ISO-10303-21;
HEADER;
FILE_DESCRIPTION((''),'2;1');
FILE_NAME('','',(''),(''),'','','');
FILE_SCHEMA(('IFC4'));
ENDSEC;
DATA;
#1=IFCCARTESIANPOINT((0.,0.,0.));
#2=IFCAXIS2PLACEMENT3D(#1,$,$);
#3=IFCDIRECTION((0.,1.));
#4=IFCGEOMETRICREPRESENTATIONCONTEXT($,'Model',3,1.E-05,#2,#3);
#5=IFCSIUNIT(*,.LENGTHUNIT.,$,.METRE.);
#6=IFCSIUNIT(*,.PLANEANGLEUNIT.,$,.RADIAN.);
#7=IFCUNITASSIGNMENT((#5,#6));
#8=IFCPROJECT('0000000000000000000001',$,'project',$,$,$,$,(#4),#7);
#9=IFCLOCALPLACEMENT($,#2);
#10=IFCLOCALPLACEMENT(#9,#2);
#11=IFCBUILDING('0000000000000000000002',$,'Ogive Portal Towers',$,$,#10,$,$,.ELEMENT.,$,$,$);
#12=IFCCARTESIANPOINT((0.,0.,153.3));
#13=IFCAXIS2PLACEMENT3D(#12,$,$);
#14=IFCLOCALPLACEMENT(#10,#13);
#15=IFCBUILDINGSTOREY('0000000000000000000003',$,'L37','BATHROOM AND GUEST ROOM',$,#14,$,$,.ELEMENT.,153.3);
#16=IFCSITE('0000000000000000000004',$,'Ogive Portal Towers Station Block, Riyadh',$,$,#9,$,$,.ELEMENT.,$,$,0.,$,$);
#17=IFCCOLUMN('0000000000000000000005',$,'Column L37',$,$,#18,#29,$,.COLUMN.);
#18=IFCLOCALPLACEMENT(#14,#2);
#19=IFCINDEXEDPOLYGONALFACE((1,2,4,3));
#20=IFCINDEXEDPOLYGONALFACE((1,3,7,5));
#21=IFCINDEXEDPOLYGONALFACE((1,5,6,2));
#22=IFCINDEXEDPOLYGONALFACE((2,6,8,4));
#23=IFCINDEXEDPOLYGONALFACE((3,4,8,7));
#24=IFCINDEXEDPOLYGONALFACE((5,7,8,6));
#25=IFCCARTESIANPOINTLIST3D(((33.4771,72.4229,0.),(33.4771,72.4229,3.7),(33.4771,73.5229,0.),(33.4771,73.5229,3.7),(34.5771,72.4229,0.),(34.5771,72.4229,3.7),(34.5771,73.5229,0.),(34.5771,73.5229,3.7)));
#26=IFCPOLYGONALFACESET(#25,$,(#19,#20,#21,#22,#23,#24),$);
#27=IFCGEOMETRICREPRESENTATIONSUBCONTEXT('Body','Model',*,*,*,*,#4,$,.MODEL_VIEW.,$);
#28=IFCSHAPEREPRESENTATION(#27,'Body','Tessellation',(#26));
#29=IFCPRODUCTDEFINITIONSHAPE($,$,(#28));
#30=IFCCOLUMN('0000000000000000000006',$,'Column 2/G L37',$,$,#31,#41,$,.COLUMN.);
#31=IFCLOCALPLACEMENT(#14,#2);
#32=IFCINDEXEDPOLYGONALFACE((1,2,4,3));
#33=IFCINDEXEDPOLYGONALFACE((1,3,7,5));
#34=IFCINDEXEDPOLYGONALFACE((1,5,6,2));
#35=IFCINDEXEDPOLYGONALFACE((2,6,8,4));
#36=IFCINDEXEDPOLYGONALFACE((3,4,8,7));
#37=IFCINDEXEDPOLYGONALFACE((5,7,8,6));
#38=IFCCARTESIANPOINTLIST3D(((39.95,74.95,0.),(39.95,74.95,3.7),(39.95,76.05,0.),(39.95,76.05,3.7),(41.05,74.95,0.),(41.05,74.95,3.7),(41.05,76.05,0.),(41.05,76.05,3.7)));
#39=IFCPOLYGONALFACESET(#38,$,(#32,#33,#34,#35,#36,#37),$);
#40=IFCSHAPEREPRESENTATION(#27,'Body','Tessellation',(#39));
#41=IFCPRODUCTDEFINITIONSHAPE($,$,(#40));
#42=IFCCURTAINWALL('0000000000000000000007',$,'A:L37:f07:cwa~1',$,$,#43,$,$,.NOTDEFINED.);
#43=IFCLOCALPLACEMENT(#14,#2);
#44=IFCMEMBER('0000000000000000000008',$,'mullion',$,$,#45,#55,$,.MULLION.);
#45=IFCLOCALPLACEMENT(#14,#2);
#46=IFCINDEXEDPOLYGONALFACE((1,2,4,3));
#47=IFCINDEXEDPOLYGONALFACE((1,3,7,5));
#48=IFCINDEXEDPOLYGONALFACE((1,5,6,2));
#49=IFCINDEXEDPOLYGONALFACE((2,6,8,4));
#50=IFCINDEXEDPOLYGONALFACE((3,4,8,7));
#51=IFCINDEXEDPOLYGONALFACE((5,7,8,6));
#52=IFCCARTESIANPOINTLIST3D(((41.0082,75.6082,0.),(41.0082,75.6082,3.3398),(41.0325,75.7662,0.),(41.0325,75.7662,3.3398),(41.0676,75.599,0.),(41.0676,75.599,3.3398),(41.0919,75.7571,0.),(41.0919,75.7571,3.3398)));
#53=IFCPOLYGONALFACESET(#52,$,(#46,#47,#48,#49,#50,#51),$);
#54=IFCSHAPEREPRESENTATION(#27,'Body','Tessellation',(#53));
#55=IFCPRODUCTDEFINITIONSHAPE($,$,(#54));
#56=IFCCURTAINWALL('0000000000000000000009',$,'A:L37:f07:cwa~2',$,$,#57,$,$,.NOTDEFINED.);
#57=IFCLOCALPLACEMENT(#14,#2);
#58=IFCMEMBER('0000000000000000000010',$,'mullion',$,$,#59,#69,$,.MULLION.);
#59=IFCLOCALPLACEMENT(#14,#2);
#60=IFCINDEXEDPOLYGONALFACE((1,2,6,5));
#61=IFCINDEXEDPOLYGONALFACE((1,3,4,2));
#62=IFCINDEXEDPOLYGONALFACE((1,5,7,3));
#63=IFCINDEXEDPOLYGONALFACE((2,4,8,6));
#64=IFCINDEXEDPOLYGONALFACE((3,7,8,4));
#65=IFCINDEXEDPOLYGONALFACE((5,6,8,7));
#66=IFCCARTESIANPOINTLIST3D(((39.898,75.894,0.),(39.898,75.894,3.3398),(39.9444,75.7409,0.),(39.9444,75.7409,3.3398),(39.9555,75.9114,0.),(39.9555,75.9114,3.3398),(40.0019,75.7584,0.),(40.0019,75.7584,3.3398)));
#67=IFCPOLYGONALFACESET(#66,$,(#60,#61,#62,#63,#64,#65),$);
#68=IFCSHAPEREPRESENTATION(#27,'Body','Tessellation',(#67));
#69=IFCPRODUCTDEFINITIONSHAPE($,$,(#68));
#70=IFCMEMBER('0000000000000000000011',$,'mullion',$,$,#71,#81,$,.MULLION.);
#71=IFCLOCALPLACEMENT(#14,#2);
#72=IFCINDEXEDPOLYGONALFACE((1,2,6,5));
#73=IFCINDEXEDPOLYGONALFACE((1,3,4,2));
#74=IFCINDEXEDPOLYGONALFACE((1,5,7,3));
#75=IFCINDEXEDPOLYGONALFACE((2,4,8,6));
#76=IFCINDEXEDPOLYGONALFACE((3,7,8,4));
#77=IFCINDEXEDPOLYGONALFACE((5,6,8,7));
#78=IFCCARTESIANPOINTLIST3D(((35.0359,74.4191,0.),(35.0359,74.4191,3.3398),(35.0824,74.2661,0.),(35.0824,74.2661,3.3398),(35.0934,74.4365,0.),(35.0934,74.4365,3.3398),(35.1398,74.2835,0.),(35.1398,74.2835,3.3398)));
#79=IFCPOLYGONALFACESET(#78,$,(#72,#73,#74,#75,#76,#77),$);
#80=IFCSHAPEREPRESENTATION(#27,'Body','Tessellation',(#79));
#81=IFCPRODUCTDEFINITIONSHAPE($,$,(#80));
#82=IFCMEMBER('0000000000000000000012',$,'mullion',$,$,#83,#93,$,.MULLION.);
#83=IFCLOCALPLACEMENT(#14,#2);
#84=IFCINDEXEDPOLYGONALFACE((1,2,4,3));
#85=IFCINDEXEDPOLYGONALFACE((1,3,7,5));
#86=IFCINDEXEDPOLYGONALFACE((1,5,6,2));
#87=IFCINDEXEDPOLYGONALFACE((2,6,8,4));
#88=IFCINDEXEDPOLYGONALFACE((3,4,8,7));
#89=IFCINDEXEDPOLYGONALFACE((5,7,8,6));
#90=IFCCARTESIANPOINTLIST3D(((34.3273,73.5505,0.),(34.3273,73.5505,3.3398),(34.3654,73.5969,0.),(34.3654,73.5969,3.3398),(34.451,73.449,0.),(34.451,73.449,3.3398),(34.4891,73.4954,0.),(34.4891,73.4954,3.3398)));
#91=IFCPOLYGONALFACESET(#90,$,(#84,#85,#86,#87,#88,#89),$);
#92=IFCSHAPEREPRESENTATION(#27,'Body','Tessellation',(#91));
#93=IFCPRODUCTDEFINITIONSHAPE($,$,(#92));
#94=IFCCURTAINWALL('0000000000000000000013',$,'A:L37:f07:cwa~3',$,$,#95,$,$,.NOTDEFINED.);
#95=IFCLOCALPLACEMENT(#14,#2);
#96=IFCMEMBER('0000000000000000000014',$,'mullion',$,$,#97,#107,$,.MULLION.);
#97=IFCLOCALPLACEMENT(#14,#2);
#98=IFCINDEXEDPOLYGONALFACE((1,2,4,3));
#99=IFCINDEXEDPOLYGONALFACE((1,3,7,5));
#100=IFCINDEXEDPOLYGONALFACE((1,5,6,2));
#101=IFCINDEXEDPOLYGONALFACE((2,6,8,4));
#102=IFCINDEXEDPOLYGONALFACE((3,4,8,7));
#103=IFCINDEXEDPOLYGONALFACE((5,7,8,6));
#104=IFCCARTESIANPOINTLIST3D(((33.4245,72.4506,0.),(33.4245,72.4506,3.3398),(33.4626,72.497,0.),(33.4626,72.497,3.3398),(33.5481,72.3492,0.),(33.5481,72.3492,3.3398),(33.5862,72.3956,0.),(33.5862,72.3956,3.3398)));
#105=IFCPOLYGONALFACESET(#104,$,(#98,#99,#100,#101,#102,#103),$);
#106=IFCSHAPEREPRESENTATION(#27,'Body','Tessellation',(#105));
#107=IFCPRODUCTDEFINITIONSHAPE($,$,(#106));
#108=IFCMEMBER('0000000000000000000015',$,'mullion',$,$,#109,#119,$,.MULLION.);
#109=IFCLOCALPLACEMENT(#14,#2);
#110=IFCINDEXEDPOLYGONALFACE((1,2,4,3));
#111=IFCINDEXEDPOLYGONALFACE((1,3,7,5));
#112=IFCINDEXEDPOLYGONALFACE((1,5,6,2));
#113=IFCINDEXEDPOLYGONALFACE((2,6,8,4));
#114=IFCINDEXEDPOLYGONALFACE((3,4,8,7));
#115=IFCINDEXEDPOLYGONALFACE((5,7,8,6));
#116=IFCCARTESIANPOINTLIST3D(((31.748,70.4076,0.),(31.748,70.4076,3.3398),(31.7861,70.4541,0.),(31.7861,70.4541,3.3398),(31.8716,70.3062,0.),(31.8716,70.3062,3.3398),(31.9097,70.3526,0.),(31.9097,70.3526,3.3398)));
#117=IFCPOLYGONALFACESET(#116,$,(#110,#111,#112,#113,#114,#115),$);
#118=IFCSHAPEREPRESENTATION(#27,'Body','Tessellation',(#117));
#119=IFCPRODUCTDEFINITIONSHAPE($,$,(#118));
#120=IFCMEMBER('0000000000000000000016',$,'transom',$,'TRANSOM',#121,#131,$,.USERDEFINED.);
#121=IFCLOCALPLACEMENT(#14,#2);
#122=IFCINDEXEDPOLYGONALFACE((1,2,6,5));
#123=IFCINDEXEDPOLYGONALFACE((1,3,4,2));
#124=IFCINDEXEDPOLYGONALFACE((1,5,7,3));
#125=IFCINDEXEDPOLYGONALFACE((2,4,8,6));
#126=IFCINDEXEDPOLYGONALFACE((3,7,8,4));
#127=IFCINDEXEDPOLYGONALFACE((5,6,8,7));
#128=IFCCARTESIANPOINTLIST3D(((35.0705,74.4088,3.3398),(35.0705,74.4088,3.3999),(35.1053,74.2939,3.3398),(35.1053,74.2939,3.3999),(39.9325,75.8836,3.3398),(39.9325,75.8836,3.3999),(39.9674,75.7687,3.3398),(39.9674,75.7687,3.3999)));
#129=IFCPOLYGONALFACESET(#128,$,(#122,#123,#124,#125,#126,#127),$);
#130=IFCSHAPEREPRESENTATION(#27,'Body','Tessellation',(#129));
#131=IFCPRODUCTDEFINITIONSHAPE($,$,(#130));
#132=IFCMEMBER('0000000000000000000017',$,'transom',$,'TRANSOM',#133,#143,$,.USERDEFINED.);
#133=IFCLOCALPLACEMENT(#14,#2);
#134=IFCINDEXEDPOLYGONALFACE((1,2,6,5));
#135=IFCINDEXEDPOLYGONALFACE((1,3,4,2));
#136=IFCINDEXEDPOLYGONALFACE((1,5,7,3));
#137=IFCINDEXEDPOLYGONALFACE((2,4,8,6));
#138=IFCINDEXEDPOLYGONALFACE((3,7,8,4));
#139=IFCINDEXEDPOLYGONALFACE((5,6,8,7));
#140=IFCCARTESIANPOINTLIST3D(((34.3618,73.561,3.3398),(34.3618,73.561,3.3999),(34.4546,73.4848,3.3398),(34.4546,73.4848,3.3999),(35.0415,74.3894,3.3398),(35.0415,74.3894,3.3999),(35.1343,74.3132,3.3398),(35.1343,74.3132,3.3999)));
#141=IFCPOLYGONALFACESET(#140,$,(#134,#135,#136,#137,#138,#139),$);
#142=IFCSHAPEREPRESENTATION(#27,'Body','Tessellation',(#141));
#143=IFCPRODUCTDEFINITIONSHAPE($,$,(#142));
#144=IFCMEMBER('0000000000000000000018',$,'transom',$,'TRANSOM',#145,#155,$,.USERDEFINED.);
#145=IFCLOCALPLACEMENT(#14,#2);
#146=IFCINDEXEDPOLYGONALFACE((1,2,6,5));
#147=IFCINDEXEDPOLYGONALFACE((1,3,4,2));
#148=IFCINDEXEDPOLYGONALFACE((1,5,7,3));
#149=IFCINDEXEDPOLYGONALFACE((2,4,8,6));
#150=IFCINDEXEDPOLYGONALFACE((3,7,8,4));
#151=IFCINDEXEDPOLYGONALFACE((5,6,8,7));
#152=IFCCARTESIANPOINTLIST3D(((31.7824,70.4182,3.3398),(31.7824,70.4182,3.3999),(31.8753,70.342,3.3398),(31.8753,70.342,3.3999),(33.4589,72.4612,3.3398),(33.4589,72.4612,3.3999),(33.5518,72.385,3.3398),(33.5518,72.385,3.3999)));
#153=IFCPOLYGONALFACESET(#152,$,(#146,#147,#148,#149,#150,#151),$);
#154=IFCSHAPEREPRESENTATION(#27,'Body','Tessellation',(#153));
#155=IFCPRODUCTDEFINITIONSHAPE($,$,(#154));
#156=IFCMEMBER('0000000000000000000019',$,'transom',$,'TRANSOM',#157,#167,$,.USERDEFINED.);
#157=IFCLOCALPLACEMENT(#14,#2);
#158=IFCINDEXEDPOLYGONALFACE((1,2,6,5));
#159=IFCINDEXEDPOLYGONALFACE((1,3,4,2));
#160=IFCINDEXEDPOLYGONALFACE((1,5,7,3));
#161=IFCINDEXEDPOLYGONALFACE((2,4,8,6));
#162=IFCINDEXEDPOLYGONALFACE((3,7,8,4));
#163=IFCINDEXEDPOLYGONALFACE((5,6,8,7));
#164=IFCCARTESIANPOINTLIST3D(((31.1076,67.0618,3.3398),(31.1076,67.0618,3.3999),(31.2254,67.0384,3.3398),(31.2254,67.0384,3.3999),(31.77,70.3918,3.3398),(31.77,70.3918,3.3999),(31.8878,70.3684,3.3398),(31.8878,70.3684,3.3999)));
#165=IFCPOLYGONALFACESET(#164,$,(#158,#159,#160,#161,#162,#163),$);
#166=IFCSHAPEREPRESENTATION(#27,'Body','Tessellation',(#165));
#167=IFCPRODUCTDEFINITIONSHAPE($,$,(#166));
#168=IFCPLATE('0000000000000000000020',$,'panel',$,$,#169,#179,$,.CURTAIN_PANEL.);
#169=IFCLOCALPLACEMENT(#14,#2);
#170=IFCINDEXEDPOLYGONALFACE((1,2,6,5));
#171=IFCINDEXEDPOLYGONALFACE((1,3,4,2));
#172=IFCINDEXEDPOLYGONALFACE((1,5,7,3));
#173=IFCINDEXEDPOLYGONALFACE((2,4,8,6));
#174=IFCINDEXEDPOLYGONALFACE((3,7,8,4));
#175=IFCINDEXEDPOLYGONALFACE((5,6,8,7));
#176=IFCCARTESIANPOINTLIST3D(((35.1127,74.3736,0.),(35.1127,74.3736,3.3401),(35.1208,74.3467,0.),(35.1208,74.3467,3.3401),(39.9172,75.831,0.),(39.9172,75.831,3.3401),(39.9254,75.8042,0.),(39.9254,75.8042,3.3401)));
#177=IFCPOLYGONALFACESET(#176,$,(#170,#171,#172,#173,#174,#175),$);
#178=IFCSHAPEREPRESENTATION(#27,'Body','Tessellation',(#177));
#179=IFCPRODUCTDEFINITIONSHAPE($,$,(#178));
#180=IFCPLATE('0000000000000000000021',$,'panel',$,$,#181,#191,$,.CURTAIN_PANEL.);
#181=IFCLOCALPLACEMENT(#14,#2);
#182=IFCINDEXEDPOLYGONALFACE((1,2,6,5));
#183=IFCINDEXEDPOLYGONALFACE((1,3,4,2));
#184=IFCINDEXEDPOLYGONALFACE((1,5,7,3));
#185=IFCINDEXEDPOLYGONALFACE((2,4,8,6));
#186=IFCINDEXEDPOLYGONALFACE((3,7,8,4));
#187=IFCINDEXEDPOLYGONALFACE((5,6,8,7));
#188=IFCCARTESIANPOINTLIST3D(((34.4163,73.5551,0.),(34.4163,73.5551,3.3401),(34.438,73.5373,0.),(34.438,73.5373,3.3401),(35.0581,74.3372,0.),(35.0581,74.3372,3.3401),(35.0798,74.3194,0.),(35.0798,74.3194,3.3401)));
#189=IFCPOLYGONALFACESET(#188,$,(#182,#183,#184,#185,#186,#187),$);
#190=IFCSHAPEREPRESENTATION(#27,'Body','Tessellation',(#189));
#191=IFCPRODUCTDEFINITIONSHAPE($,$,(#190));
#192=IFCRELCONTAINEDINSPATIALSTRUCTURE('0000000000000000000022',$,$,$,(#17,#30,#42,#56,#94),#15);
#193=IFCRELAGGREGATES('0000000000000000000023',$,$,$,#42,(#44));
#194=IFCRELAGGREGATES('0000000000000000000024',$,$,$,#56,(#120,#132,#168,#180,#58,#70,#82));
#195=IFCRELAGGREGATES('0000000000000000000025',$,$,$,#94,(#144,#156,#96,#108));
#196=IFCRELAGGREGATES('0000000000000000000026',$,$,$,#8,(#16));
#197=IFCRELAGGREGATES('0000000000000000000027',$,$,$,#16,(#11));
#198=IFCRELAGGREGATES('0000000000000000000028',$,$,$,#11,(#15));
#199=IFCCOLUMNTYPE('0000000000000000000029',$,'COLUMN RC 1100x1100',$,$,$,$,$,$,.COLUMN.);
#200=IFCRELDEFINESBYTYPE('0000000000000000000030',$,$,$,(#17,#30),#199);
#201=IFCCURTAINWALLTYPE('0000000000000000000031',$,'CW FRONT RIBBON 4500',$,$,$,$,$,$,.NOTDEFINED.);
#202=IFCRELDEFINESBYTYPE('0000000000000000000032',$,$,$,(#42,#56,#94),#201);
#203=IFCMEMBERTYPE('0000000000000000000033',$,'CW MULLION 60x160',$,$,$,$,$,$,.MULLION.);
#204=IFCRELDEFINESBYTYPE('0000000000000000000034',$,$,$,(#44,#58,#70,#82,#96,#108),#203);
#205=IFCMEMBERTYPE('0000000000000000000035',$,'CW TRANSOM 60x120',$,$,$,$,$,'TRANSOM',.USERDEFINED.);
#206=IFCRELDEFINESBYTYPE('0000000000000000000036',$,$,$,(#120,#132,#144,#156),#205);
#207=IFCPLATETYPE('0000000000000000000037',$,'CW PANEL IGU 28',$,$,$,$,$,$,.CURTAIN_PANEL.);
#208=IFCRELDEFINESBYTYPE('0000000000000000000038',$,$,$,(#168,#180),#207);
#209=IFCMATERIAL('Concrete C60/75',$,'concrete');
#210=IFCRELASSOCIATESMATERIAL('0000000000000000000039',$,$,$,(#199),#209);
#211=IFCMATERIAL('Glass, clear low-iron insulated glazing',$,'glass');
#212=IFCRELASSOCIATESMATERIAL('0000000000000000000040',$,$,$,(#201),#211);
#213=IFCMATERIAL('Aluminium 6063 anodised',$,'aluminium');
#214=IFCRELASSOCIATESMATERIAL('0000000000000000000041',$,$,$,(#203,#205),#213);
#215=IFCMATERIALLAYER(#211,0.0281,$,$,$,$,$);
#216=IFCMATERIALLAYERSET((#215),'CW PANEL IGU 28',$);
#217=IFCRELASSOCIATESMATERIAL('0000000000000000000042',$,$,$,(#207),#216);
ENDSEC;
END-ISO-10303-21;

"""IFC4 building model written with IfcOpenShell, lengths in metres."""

from ifc_helpers import new_model, si_unit, direction, frame, origin, origin_2d, place, context, subcontext, project, spatial, rectangle, extrude, material, layer, layer_set, material_profile, profile_set, type_object, element, aggregate, save


model = new_model("IFC4")

# Units and contexts
model_context = context("Model", 3, precision=1e-05, world=origin(), true_north=direction((0.0, 1.0)))
body_context = subcontext(model_context, "Body", "Model", "MODEL_VIEW")
ifc_project = project(units=[si_unit("LENGTHUNIT", "METRE"), si_unit("PLANEANGLEUNIT", "RADIAN")], contexts=[model_context])

# Site, building, storey
site_placement = place(None, origin())
site = spatial("IfcSite", under=ifc_project, at=site_placement, Name="Ogive Portal Towers Station Block, Riyadh", CompositionType="ELEMENT", RefElevation=0.0)
building_placement = place(site_placement, origin())
building = spatial("IfcBuilding", under=site, at=building_placement, Name="Ogive Portal Towers", CompositionType="ELEMENT")
storey_placement = place(building_placement, frame((0.0, 0.0, 153.3)))
storey = spatial("IfcBuildingStorey", under=building, at=storey_placement, Name="L37", Description="BATHROOM AND GUEST ROOM", CompositionType="ELEMENT", Elevation=153.3)

# Columns
ifc_material_1 = material(Name="Concrete C60/75", Category="concrete")
ifc_material_profile_1 = material_profile(ifc_material_1, rectangle(XDim=1.1001, YDim=1.1001, at=origin_2d()), Name="RC 1100x1100")
ifc_profile_set_1 = profile_set([ifc_material_profile_1], Name="Concrete C60/75")
column_type = type_object("IfcColumnType", Name="COLUMN RC 1100x1100", PredefinedType="COLUMN", material=ifc_profile_set_1)
for number, where, z_axis, x_axis, name in (
    (1, (34.0271, 72.9729, 0.0), (0.0, 0.0, 1.0), (1.0, 0.0, 0.0), "Column L37"),
    (2, (40.5, 75.5, 0.0), (0.0, 0.0, 1.0), (1.0, 0.0, 0.0), "Column 2/G L37"),
):
    element("IfcColumn", number, at=place(storey_placement, frame(where, z_axis=z_axis, x_axis=x_axis)), inside=storey, type_object=column_type, Name=name, PredefinedType="COLUMN", context=body_context, shape_type="SweptSolid", body=[
        extrude(rectangle(XDim=1.1001, YDim=1.1001, at=origin_2d()), origin(), (0.0, 0.0, 1.0), 3.7),
    ])

# Curtain wall, member
ifc_material_2 = material(Name="Glass, clear low-iron insulated glazing", Category="glass")
curtain_wall_type = type_object("IfcCurtainWallType", Name="CW FRONT RIBBON 4500", PredefinedType="NOTDEFINED", material=ifc_material_2)
curtain_wall_1_placement = place(storey_placement, origin())
curtain_wall_1 = element("IfcCurtainWall", 3, at=curtain_wall_1_placement, inside=storey, type_object=curtain_wall_type, Name="A:L37:f07:cwa~1", PredefinedType="NOTDEFINED")
ifc_material_3 = material(Name="Aluminium 6063 anodised", Category="aluminium")
ifc_material_profile_2 = material_profile(ifc_material_3, rectangle(XDim=0.1599, YDim=0.0601, at=origin_2d()), Name="AL 60x160")
ifc_profile_set_2 = profile_set([ifc_material_profile_2], Name="Aluminium 6063 anodised")
member_type_1 = type_object("IfcMemberType", Name="CW MULLION 60x160", PredefinedType="MULLION", material=ifc_profile_set_2)
member_1_placement = place(storey_placement, frame((41.05, 75.6826, 0.0), z_axis=(0.0, 0.0, 1.0), x_axis=(-0.152074, -0.988369, 0.0)))
member_1 = element("IfcMember", 4, at=member_1_placement, type_object=member_type_1, Name="mullion", PredefinedType="MULLION", context=body_context, shape_type="SweptSolid", body=[
    extrude(rectangle(XDim=0.1599, YDim=0.0601, at=origin_2d()), origin(), (0.0, 0.0, 1.0), 3.3398),
])
aggregate(curtain_wall_1, [member_1])

# Curtain walls, members
curtain_wall_2_placement = place(storey_placement, origin())
curtain_wall_2 = element("IfcCurtainWall", 5, at=curtain_wall_2_placement, inside=storey, type_object=curtain_wall_type, Name="A:L37:f07:cwa~2", PredefinedType="NOTDEFINED")
member_2_placement = place(storey_placement, frame((39.95, 75.8262, 0.0), z_axis=(0.0, 0.0, 1.0), x_axis=(0.290285, -0.95694, 0.0)))
member_2 = element("IfcMember", 6, at=member_2_placement, type_object=member_type_1, Name="mullion", PredefinedType="MULLION", context=body_context, shape_type="SweptSolid", body=[
    extrude(rectangle(XDim=0.1599, YDim=0.0601, at=origin_2d()), origin(), (0.0, 0.0, 1.0), 3.3398),
])
member_3_placement = place(storey_placement, frame((35.0879, 74.3513, 0.0), z_axis=(0.0, 0.0, 1.0), x_axis=(0.290285, -0.95694, 0.0)))
member_3 = element("IfcMember", 7, at=member_3_placement, type_object=member_type_1, Name="mullion", PredefinedType="MULLION", context=body_context, shape_type="SweptSolid", body=[
    extrude(rectangle(XDim=0.1599, YDim=0.0601, at=origin_2d()), origin(), (0.0, 0.0, 1.0), 3.3398),
])
member_4_placement = place(storey_placement, frame((34.4082, 73.5229, 0.0), z_axis=(0.0, 0.0, 1.0), x_axis=(0.77301, -0.634393, 0.0)))
member_4 = element("IfcMember", 8, at=member_4_placement, type_object=member_type_1, Name="mullion", PredefinedType="MULLION", context=body_context, shape_type="SweptSolid", body=[
    extrude(rectangle(XDim=0.1599, YDim=0.0601, at=origin_2d()), origin(), (0.0, 0.0, 1.0), 3.3398),
])
curtain_wall_3_placement = place(storey_placement, origin())
curtain_wall_3 = element("IfcCurtainWall", 9, at=curtain_wall_3_placement, inside=storey, type_object=curtain_wall_type, Name="A:L37:f07:cwa~3", PredefinedType="NOTDEFINED")
member_5_placement = place(storey_placement, frame((33.5054, 72.4231, 0.0), z_axis=(0.0, 0.0, 1.0), x_axis=(0.77301, -0.634393, 0.0)))
member_5 = element("IfcMember", 10, at=member_5_placement, type_object=member_type_1, Name="mullion", PredefinedType="MULLION", context=body_context, shape_type="SweptSolid", body=[
    extrude(rectangle(XDim=0.1599, YDim=0.0601, at=origin_2d()), origin(), (0.0, 0.0, 1.0), 3.3398),
])
member_6_placement = place(storey_placement, frame((31.8289, 70.3801, 0.0), z_axis=(0.0, 0.0, 1.0), x_axis=(0.77301, -0.634393, 0.0)))
member_6 = element("IfcMember", 11, at=member_6_placement, type_object=member_type_1, Name="mullion", PredefinedType="MULLION", context=body_context, shape_type="SweptSolid", body=[
    extrude(rectangle(XDim=0.1599, YDim=0.0601, at=origin_2d()), origin(), (0.0, 0.0, 1.0), 3.3398),
])

# Members
ifc_material_profile_3 = material_profile(ifc_material_3, rectangle(XDim=0.1201, YDim=0.0601, at=origin_2d()), Name="AL 120x60")
ifc_profile_set_3 = profile_set([ifc_material_profile_3], Name="Aluminium 6063 anodised")
member_type_2 = type_object("IfcMemberType", Name="CW TRANSOM 60x120", ElementType="TRANSOM", PredefinedType="USERDEFINED", material=ifc_profile_set_3)
member_7_placement = place(storey_placement, frame((39.95, 75.8262, 3.3699), z_axis=(-0.956942, -0.290278, 0.0), x_axis=(0.290278, -0.956942, 0.0)))
member_7 = element("IfcMember", 12, at=member_7_placement, type_object=member_type_2, Name="transom", ObjectType="TRANSOM", PredefinedType="USERDEFINED", context=body_context, shape_type="SweptSolid", body=[
    extrude(rectangle(XDim=0.1201, YDim=0.0601, at=origin_2d()), origin(), (0.0, 0.0, 1.0), 5.0808),
])
member_8_placement = place(storey_placement, frame((35.0879, 74.3513, 3.3699), z_axis=(-0.634317, -0.773073, 0.0), x_axis=(0.773073, -0.634317, 0.0)))
member_8 = element("IfcMember", 13, at=member_8_placement, type_object=member_type_2, Name="transom", ObjectType="TRANSOM", PredefinedType="USERDEFINED", context=body_context, shape_type="SweptSolid", body=[
    extrude(rectangle(XDim=0.1201, YDim=0.0601, at=origin_2d()), origin(), (0.0, 0.0, 1.0), 1.0715),
])
member_9_placement = place(storey_placement, frame((33.5054, 72.4231, 3.3699), z_axis=(-0.634369, -0.77303, 0.0), x_axis=(0.77303, -0.634369, 0.0)))
member_9 = element("IfcMember", 14, at=member_9_placement, type_object=member_type_2, Name="transom", ObjectType="TRANSOM", PredefinedType="USERDEFINED", context=body_context, shape_type="SweptSolid", body=[
    extrude(rectangle(XDim=0.1201, YDim=0.0601, at=origin_2d()), origin(), (0.0, 0.0, 1.0), 2.6428),
])
member_10_placement = place(storey_placement, frame((31.8289, 70.3801, 3.3699), z_axis=(-0.195079, -0.980788, 0.0), x_axis=(0.980788, -0.195079, 0.0)))
member_10 = element("IfcMember", 15, at=member_10_placement, type_object=member_type_2, Name="transom", ObjectType="TRANSOM", PredefinedType="USERDEFINED", context=body_context, shape_type="SweptSolid", body=[
    extrude(rectangle(XDim=0.1201, YDim=0.0601, at=origin_2d()), origin(), (0.0, 0.0, 1.0), 3.3953),
])

# Plates
ifc_layer_1 = layer(ifc_material_2, 0.0281)
ifc_layer_set_1 = layer_set([ifc_layer_1], Name="CW PANEL IGU 28")
plate_type = type_object("IfcPlateType", Name="CW PANEL IGU 28", PredefinedType="CURTAIN_PANEL", material=ifc_layer_set_1)
plate_1_placement = place(storey_placement, frame((37.519, 75.0889, 0.0), z_axis=(0.0, 0.0, 1.0), x_axis=(-0.95694, -0.290285, 0.0)))
plate_1 = element("IfcPlate", 16, at=plate_1_placement, type_object=plate_type, Name="panel", PredefinedType="CURTAIN_PANEL", context=body_context, shape_type="SweptSolid", body=[
    extrude(rectangle(XDim=5.0208, YDim=0.0281, at=origin_2d()), origin(), (0.0, 0.0, 1.0), 3.3401),
])
plate_2_placement = place(storey_placement, frame((34.748, 73.9373, 0.0), z_axis=(0.0, 0.0, 1.0), x_axis=(-0.634393, -0.77301, 0.0)))
plate_2 = element("IfcPlate", 17, at=plate_2_placement, type_object=plate_type, Name="panel", PredefinedType="CURTAIN_PANEL", context=body_context, shape_type="SweptSolid", body=[
    extrude(rectangle(XDim=1.0117, YDim=0.0281, at=origin_2d()), origin(), (0.0, 0.0, 1.0), 3.3401),
])
aggregate(curtain_wall_2, [member_7, member_8, plate_1, plate_2, member_2, member_3, member_4])
aggregate(curtain_wall_3, [member_9, member_10, member_5, member_6])

save(model, "model.ifc")
